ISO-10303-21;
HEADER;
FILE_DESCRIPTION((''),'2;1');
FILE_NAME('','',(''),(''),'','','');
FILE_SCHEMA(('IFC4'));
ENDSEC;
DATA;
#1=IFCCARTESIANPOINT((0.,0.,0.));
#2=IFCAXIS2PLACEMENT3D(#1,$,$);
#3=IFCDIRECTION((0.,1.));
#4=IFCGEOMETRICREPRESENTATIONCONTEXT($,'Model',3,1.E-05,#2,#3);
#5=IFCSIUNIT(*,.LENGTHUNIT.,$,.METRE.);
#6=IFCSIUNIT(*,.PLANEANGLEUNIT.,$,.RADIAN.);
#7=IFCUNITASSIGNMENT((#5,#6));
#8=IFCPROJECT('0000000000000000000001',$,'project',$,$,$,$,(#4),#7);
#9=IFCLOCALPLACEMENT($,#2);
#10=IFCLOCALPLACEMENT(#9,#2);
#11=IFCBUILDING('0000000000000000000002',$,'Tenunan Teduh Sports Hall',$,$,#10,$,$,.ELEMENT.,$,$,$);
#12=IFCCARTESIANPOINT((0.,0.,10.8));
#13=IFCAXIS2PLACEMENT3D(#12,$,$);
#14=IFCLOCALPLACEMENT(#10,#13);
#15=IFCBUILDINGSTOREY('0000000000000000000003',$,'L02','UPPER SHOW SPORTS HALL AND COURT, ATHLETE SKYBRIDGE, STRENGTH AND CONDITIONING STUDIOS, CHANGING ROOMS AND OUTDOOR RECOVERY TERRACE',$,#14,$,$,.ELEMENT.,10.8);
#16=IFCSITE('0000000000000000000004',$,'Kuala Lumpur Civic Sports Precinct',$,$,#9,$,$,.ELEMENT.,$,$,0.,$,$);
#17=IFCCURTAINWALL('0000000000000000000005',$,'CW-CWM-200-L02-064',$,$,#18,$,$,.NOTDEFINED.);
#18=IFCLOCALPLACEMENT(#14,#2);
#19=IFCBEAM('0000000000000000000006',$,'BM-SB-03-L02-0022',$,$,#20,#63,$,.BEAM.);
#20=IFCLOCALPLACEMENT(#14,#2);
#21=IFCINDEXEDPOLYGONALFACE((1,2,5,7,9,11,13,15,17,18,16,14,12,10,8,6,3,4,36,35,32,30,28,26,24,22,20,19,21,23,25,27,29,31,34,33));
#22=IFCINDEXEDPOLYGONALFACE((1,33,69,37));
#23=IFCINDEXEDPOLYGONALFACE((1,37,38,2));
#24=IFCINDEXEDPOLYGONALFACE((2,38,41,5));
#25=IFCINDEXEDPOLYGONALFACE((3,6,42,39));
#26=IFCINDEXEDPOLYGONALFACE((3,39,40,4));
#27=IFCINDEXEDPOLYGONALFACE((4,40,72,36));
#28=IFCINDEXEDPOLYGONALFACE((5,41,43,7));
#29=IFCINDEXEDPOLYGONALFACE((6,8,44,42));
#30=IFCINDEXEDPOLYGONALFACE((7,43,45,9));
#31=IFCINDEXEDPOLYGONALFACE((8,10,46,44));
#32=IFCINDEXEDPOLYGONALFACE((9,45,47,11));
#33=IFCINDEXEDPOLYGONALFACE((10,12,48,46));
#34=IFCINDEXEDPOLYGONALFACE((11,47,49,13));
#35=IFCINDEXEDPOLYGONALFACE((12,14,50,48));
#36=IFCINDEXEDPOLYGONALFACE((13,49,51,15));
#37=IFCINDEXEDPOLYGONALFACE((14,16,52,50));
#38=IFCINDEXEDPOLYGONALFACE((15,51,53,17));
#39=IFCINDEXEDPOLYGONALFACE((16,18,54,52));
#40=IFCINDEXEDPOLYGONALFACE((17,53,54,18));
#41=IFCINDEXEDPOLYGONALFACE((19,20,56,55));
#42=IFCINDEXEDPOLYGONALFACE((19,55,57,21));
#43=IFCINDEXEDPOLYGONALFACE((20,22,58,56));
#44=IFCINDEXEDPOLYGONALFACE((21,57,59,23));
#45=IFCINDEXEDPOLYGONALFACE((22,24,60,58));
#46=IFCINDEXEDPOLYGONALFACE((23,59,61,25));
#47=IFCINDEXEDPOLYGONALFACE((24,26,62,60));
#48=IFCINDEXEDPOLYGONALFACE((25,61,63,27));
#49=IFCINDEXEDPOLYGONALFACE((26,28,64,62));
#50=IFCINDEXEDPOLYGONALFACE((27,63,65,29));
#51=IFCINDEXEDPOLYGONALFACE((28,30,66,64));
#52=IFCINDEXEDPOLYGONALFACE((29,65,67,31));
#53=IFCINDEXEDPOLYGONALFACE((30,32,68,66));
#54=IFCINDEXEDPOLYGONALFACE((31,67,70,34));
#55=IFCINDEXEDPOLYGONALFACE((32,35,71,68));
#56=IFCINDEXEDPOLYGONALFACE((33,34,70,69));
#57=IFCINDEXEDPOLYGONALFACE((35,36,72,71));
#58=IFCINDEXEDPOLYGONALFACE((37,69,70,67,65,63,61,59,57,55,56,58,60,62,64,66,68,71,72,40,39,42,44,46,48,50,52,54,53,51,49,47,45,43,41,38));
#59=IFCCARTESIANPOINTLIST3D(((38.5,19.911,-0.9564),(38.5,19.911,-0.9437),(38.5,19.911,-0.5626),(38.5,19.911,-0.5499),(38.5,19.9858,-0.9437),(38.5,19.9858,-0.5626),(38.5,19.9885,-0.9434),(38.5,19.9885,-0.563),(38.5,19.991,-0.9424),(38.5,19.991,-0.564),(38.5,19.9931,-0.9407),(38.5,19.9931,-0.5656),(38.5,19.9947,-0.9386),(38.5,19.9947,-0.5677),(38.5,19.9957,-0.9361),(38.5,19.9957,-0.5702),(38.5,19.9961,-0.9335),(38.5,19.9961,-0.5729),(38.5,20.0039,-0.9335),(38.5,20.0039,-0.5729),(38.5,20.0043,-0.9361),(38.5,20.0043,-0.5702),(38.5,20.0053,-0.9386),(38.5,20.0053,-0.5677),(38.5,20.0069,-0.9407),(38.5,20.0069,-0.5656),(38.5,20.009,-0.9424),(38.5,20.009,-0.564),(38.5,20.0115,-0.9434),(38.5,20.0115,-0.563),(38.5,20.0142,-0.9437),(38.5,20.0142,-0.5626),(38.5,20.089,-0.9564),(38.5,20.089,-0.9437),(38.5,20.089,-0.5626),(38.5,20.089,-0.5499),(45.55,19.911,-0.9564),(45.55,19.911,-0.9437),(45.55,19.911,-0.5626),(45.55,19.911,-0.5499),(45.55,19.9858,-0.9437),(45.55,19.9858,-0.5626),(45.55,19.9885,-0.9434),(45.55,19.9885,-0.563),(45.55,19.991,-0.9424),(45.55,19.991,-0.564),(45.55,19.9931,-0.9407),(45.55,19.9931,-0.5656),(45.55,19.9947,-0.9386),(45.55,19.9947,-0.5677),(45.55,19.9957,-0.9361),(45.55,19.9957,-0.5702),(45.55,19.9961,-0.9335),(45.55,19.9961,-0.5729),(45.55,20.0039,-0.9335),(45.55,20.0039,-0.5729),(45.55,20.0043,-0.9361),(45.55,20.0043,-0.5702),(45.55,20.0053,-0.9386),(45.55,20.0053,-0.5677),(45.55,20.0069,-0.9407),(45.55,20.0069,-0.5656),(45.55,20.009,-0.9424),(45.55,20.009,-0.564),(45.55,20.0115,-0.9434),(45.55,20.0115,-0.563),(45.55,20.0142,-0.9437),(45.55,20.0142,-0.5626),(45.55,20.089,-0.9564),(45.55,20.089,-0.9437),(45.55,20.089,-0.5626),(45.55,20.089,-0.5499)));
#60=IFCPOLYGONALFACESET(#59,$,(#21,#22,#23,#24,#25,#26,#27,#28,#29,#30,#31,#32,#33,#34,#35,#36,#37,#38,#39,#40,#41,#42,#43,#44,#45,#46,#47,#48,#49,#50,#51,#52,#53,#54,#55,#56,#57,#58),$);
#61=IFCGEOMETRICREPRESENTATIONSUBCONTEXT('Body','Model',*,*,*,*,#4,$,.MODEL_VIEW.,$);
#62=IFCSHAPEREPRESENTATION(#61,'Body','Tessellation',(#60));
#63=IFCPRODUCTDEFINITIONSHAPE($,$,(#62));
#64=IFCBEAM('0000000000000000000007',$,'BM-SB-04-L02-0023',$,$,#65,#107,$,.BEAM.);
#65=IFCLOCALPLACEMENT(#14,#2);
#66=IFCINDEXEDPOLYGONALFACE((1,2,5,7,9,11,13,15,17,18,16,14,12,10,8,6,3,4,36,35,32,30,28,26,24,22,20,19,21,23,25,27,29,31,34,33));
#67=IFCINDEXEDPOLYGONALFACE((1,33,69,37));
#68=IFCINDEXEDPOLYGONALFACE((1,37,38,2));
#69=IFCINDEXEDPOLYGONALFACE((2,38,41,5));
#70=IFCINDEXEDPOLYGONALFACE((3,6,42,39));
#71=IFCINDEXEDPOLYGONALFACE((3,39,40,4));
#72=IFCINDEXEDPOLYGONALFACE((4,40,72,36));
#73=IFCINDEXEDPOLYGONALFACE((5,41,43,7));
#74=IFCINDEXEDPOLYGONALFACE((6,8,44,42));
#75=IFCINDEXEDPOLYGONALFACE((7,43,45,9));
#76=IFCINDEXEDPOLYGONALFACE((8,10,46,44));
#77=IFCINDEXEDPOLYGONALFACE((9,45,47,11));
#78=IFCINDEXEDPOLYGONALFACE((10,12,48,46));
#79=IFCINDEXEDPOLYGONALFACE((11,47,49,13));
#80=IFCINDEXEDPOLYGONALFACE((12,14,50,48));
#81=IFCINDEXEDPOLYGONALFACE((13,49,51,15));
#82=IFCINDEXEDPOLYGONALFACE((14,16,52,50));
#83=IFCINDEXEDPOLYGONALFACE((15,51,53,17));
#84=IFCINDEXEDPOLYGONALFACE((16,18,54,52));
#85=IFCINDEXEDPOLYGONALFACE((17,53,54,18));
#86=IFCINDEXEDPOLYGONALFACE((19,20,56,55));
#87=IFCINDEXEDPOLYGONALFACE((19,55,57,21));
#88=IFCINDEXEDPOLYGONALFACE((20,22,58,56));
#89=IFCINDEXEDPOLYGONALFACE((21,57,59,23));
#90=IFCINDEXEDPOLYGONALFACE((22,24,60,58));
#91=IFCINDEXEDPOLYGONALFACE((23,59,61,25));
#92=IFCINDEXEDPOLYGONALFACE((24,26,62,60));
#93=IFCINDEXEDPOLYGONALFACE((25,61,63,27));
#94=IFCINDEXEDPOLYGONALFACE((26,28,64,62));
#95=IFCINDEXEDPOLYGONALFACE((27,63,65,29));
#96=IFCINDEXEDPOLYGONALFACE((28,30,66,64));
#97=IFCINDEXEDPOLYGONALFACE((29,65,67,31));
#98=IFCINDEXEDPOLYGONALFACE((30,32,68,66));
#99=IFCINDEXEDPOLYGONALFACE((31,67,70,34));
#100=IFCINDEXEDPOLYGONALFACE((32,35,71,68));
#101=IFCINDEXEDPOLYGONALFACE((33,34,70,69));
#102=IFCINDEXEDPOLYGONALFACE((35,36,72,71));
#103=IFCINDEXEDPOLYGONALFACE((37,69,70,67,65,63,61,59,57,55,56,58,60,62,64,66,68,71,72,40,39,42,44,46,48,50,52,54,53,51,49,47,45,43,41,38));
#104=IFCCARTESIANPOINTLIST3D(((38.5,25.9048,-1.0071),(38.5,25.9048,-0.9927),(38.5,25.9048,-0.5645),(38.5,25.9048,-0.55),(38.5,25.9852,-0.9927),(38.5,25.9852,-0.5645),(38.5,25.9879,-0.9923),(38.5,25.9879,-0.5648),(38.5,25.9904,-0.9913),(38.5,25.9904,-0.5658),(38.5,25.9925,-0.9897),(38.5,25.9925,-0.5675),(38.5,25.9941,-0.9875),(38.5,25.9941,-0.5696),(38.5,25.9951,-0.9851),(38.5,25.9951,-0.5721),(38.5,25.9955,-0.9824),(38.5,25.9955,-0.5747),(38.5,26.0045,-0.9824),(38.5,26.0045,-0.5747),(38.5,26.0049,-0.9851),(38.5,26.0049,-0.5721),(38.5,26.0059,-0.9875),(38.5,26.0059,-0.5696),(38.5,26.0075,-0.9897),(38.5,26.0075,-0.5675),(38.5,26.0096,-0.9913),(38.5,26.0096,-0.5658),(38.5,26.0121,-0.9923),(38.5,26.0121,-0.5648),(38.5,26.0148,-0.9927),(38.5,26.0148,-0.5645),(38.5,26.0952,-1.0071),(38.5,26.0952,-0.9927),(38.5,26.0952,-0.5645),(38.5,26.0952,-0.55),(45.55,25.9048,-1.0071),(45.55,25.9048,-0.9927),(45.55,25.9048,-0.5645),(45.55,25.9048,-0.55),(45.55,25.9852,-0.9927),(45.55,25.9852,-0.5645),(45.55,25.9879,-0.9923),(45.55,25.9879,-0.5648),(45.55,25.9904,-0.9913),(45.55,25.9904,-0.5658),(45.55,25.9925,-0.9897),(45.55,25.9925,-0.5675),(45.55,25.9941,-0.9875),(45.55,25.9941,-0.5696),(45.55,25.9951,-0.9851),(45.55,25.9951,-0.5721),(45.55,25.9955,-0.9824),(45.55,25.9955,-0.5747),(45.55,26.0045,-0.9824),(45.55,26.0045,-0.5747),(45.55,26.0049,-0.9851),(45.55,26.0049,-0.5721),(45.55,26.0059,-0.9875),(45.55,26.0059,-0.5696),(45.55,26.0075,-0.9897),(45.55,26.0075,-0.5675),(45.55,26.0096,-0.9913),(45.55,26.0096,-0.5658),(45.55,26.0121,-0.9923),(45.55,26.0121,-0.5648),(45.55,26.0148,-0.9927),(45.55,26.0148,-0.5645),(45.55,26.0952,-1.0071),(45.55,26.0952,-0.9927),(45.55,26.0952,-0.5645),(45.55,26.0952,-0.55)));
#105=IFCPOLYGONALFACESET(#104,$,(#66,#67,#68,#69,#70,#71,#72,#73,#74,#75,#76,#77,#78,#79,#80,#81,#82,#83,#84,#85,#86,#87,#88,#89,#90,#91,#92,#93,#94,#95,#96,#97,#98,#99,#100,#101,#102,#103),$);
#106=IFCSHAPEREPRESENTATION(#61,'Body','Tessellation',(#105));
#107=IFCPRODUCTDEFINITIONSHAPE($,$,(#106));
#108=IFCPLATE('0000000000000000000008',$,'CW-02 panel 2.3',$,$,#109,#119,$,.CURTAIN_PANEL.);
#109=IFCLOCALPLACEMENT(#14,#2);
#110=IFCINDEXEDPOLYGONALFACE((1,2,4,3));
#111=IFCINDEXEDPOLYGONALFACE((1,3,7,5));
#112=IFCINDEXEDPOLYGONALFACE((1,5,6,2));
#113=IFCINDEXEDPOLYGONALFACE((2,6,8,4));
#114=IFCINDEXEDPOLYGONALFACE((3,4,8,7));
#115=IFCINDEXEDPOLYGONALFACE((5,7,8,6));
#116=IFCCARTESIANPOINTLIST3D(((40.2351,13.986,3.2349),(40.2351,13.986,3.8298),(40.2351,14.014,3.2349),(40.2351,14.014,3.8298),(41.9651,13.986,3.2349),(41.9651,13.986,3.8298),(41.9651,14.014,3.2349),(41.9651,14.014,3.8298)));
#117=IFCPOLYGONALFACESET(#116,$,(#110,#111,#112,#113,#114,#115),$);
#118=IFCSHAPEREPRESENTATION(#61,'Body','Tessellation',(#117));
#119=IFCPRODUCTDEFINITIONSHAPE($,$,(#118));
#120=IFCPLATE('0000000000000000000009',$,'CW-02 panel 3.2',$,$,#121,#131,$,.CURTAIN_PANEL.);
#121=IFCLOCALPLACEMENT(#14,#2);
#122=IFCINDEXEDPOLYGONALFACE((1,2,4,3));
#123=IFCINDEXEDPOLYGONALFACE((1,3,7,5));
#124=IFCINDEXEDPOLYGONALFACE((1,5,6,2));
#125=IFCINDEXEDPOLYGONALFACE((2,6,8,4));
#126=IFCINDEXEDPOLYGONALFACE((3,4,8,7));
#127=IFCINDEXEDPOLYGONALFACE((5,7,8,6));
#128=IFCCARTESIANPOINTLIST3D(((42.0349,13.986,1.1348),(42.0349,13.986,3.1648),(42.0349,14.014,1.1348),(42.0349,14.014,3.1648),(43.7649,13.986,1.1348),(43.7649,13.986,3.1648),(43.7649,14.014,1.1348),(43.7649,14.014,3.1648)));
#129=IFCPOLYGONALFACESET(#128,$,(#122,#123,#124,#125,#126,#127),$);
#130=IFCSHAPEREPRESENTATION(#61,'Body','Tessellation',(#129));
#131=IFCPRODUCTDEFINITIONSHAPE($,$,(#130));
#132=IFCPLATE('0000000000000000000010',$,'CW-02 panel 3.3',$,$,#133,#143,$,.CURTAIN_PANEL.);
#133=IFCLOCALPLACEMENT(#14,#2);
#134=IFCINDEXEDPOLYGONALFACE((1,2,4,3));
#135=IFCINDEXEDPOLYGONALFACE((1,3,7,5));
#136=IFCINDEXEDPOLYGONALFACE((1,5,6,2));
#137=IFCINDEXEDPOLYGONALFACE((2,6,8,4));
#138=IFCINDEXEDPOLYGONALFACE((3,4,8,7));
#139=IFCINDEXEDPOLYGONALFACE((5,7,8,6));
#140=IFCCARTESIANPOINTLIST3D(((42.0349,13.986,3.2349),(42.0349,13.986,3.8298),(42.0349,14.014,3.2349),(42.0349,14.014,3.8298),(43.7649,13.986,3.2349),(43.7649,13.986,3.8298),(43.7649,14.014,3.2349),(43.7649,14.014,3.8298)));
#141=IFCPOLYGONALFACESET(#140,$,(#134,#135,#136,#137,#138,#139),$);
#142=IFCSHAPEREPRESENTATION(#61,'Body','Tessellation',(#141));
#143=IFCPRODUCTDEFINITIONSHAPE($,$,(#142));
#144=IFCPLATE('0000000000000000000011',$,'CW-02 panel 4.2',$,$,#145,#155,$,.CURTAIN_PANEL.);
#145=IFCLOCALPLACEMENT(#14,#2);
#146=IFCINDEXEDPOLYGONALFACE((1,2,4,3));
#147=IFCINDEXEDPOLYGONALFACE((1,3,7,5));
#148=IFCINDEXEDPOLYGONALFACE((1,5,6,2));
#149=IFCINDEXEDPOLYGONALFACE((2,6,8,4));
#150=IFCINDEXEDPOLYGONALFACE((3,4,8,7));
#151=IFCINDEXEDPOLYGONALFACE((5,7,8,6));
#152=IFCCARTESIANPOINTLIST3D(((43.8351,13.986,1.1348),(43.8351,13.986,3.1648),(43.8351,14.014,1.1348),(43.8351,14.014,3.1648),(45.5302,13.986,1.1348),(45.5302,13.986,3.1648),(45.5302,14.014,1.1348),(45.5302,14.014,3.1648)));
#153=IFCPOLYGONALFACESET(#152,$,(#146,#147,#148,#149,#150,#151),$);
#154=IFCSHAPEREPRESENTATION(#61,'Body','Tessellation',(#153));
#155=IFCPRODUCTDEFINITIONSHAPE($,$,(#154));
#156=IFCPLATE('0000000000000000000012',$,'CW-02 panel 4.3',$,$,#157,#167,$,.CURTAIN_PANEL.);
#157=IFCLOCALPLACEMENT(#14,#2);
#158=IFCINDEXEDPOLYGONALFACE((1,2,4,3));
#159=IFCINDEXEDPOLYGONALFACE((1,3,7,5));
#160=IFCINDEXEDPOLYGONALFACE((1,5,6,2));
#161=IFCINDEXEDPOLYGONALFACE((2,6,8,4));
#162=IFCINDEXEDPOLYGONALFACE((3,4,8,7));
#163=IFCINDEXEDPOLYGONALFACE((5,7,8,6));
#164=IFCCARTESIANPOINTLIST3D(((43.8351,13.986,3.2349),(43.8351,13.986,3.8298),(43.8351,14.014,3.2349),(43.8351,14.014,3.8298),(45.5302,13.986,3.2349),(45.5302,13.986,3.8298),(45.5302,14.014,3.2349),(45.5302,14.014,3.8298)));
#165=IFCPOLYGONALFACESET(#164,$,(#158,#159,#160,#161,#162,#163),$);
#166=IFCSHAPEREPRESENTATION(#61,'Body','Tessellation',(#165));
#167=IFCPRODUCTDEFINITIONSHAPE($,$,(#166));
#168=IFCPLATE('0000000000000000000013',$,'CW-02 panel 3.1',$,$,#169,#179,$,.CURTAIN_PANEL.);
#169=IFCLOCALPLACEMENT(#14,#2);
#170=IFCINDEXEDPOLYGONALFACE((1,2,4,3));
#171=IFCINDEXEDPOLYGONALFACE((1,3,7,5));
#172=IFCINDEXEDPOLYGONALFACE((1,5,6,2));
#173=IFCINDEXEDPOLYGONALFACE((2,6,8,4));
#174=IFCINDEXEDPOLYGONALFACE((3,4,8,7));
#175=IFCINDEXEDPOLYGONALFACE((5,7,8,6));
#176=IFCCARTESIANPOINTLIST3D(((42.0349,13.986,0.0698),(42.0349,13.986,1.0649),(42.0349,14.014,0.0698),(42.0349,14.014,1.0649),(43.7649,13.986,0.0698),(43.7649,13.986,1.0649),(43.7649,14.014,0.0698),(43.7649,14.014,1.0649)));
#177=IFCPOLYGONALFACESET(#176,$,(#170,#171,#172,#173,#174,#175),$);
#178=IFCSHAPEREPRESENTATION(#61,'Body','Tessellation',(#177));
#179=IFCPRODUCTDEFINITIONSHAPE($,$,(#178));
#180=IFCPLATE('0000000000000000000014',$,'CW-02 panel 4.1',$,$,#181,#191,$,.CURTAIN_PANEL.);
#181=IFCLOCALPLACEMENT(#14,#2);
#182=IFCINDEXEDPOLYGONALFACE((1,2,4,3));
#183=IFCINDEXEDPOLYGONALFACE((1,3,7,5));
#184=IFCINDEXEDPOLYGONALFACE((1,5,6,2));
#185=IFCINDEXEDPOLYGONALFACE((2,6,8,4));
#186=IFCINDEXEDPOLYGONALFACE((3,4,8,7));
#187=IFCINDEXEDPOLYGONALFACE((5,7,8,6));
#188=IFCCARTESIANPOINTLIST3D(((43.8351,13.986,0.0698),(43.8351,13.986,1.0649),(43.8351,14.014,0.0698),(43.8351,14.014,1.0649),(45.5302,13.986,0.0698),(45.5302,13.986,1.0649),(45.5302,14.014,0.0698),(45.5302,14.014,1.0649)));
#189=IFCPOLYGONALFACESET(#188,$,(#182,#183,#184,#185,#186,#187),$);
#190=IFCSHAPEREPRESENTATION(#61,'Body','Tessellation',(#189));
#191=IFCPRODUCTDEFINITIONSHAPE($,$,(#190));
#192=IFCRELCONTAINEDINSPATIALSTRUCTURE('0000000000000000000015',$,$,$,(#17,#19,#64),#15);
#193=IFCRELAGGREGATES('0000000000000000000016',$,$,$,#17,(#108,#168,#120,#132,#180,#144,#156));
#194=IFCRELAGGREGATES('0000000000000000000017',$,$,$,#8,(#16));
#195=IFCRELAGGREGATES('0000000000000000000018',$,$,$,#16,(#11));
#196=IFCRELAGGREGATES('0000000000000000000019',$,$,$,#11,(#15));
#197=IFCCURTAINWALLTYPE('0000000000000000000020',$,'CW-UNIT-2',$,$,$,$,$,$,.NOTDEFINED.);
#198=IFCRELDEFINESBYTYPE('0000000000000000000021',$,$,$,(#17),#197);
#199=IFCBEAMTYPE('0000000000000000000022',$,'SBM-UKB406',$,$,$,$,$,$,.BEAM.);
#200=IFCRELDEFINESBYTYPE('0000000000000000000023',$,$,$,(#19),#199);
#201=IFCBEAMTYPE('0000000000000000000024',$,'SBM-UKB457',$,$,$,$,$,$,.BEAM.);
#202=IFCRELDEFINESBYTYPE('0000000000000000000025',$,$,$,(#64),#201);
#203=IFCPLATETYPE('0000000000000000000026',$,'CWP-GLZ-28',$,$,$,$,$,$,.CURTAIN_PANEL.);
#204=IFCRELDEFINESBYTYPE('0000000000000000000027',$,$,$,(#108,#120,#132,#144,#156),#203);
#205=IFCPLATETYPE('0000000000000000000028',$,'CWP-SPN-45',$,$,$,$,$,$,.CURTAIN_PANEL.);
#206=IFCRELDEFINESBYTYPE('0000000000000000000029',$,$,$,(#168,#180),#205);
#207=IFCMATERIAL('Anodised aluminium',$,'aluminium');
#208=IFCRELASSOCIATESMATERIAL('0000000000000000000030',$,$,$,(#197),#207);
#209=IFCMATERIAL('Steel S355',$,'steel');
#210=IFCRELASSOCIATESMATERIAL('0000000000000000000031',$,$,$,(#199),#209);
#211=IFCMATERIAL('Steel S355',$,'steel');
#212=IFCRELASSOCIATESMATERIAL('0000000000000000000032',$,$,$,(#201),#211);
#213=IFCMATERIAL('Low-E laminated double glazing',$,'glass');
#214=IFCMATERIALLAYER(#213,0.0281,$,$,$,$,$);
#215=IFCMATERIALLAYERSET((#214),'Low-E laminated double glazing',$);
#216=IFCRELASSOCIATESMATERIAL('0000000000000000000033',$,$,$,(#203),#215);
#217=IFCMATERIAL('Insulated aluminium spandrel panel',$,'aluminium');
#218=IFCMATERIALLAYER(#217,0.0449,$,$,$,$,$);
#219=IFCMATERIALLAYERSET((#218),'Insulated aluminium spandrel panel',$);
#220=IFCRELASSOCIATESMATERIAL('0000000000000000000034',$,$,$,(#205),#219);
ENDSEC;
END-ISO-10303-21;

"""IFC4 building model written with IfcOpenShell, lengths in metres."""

from ifc_helpers import new_model, si_unit, direction, frame, origin, origin_2d, place, context, subcontext, project, spatial, rectangle, i_section, extrude, material, layer, layer_set, material_profile, profile_set, type_object, element, aggregate, save


model = new_model("IFC4")

# Units and contexts
model_context = context("Model", 3, precision=1e-05, world=origin(), true_north=direction((0.0, 1.0)))
body_context = subcontext(model_context, "Body", "Model", "MODEL_VIEW")
ifc_project = project(units=[si_unit("LENGTHUNIT", "METRE"), si_unit("PLANEANGLEUNIT", "RADIAN")], contexts=[model_context])

# Site, building, storey
site_placement = place(None, origin())
site = spatial("IfcSite", under=ifc_project, at=site_placement, Name="Kuala Lumpur Civic Sports Precinct", CompositionType="ELEMENT", RefElevation=0.0)
building_placement = place(site_placement, origin())
building = spatial("IfcBuilding", under=site, at=building_placement, Name="Tenunan Teduh Sports Hall", CompositionType="ELEMENT")
storey_placement = place(building_placement, frame((0.0, 0.0, 10.8)))
storey = spatial("IfcBuildingStorey", under=building, at=storey_placement, Name="L02", Description="UPPER SHOW SPORTS HALL AND COURT, ATHLETE SKYBRIDGE, STRENGTH AND CONDITIONING STUDIOS, CHANGING ROOMS AND OUTDOOR RECOVERY TERRACE", CompositionType="ELEMENT", Elevation=10.8)

# Curtain wall
ifc_material_1 = material(Name="Anodised aluminium", Category="aluminium")
curtain_wall_type = type_object("IfcCurtainWallType", Name="CW-UNIT-2", PredefinedType="NOTDEFINED", material=ifc_material_1)
curtain_wall_placement = place(storey_placement, origin())
curtain_wall = element("IfcCurtainWall", 1, at=curtain_wall_placement, inside=storey, type_object=curtain_wall_type, Name="CW-CWM-200-L02-064", PredefinedType="NOTDEFINED")

# Beams
ifc_material_2 = material(Name="Steel S355", Category="steel")
ifc_material_profile_1 = material_profile(ifc_material_2, i_section(OverallWidth=0.178, OverallDepth=0.4065, WebThickness=0.0078, FlangeThickness=0.0127, FilletRadius=0.0103, at=origin_2d()), Name="UKB 406x178x60")
ifc_profile_set_1 = profile_set([ifc_material_profile_1], Name="Steel S355")
beam_type_1 = type_object("IfcBeamType", Name="SBM-UKB406", PredefinedType="BEAM", material=ifc_profile_set_1)
beam_1_placement = place(storey_placement, frame((38.5, 20.0, -0.7532), z_axis=(1.0, 0.0, 0.0), x_axis=(0.0, 1.0, 0.0)))
element("IfcBeam", 2, at=beam_1_placement, inside=storey, type_object=beam_type_1, Name="BM-SB-03-L02-0022", PredefinedType="BEAM", context=body_context, shape_type="SweptSolid", body=[
    extrude(i_section(OverallWidth=0.178, OverallDepth=0.4065, WebThickness=0.0078, FlangeThickness=0.0127, FilletRadius=0.0103, at=origin_2d()), origin(), (0.0, 0.0, 1.0), 7.05),
])
ifc_material_3 = material(Name="Steel S355", Category="steel")
ifc_material_profile_2 = material_profile(ifc_material_3, i_section(OverallWidth=0.1904, OverallDepth=0.457, WebThickness=0.009, FlangeThickness=0.0144, FilletRadius=0.0103, at=origin_2d()), Name="UKB 457x191x74")
ifc_profile_set_2 = profile_set([ifc_material_profile_2], Name="Steel S355")
beam_type_2 = type_object("IfcBeamType", Name="SBM-UKB457", PredefinedType="BEAM", material=ifc_profile_set_2)
beam_2_placement = place(storey_placement, frame((38.5, 26.0, -0.7786), z_axis=(1.0, 0.0, 0.0), x_axis=(0.0, 1.0, 0.0)))
element("IfcBeam", 3, at=beam_2_placement, inside=storey, type_object=beam_type_2, Name="BM-SB-04-L02-0023", PredefinedType="BEAM", context=body_context, shape_type="SweptSolid", body=[
    extrude(i_section(OverallWidth=0.1904, OverallDepth=0.457, WebThickness=0.009, FlangeThickness=0.0144, FilletRadius=0.0103, at=origin_2d()), origin(), (0.0, 0.0, 1.0), 7.05),
])

# Plates
ifc_material_4 = material(Name="Low-E laminated double glazing", Category="glass")
ifc_layer_1 = layer(ifc_material_4, 0.0281)
ifc_layer_set_1 = layer_set([ifc_layer_1], Name="Low-E laminated double glazing")
plate_type_1 = type_object("IfcPlateType", Name="CWP-GLZ-28", PredefinedType="CURTAIN_PANEL", material=ifc_layer_set_1)
plate_1_placement = place(storey_placement, frame((41.1001, 14.0, 3.2349), z_axis=(0.0, 0.0, 1.0), x_axis=(1.0, 0.0, 0.0)))
plate_1 = element("IfcPlate", 4, at=plate_1_placement, type_object=plate_type_1, Name="CW-02 panel 2.3", PredefinedType="CURTAIN_PANEL", context=body_context, shape_type="SweptSolid", body=[
    extrude(rectangle(XDim=1.73, YDim=0.0281, at=origin_2d()), origin(), (0.0, 0.0, 1.0), 0.595),
])
plate_2_placement = place(storey_placement, frame((42.8999, 14.0, 1.1348), z_axis=(0.0, 0.0, 1.0), x_axis=(1.0, 0.0, 0.0)))
plate_2 = element("IfcPlate", 5, at=plate_2_placement, type_object=plate_type_1, Name="CW-02 panel 3.2", PredefinedType="CURTAIN_PANEL", context=body_context, shape_type="SweptSolid", body=[
    extrude(rectangle(XDim=1.73, YDim=0.0281, at=origin_2d()), origin(), (0.0, 0.0, 1.0), 2.03),
])
plate_3_placement = place(storey_placement, frame((42.8999, 14.0, 3.2349), z_axis=(0.0, 0.0, 1.0), x_axis=(1.0, 0.0, 0.0)))
plate_3 = element("IfcPlate", 6, at=plate_3_placement, type_object=plate_type_1, Name="CW-02 panel 3.3", PredefinedType="CURTAIN_PANEL", context=body_context, shape_type="SweptSolid", body=[
    extrude(rectangle(XDim=1.73, YDim=0.0281, at=origin_2d()), origin(), (0.0, 0.0, 1.0), 0.595),
])
plate_4_placement = place(storey_placement, frame((44.6826, 14.0, 1.1348), z_axis=(0.0, 0.0, 1.0), x_axis=(1.0, 0.0, 0.0)))
plate_4 = element("IfcPlate", 7, at=plate_4_placement, type_object=plate_type_1, Name="CW-02 panel 4.2", PredefinedType="CURTAIN_PANEL", context=body_context, shape_type="SweptSolid", body=[
    extrude(rectangle(XDim=1.6951, YDim=0.0281, at=origin_2d()), origin(), (0.0, 0.0, 1.0), 2.03),
])
plate_5_placement = place(storey_placement, frame((44.6826, 14.0, 3.2349), z_axis=(0.0, 0.0, 1.0), x_axis=(1.0, 0.0, 0.0)))
plate_5 = element("IfcPlate", 8, at=plate_5_placement, type_object=plate_type_1, Name="CW-02 panel 4.3", PredefinedType="CURTAIN_PANEL", context=body_context, shape_type="SweptSolid", body=[
    extrude(rectangle(XDim=1.6951, YDim=0.0281, at=origin_2d()), origin(), (0.0, 0.0, 1.0), 0.595),
])
ifc_material_5 = material(Name="Insulated aluminium spandrel panel", Category="aluminium")
ifc_layer_2 = layer(ifc_material_5, 0.0449)
ifc_layer_set_2 = layer_set([ifc_layer_2], Name="Insulated aluminium spandrel panel")
plate_type_2 = type_object("IfcPlateType", Name="CWP-SPN-45", PredefinedType="CURTAIN_PANEL", material=ifc_layer_set_2)
plate_6_placement = place(storey_placement, frame((42.8999, 14.0, 0.0698), z_axis=(0.0, 0.0, 1.0), x_axis=(1.0, 0.0, 0.0)))
plate_6 = element("IfcPlate", 9, at=plate_6_placement, type_object=plate_type_2, Name="CW-02 panel 3.1", PredefinedType="CURTAIN_PANEL", context=body_context, shape_type="SweptSolid", body=[
    extrude(rectangle(XDim=1.73, YDim=0.0281, at=origin_2d()), origin(), (0.0, 0.0, 1.0), 0.9951),
])
plate_7_placement = place(storey_placement, frame((44.6826, 14.0, 0.0698), z_axis=(0.0, 0.0, 1.0), x_axis=(1.0, 0.0, 0.0)))
plate_7 = element("IfcPlate", 10, at=plate_7_placement, type_object=plate_type_2, Name="CW-02 panel 4.1", PredefinedType="CURTAIN_PANEL", context=body_context, shape_type="SweptSolid", body=[
    extrude(rectangle(XDim=1.6951, YDim=0.0281, at=origin_2d()), origin(), (0.0, 0.0, 1.0), 0.9951),
])
aggregate(curtain_wall, [plate_1, plate_6, plate_2, plate_3, plate_7, plate_4, plate_5])

save(model, "model.ifc")
